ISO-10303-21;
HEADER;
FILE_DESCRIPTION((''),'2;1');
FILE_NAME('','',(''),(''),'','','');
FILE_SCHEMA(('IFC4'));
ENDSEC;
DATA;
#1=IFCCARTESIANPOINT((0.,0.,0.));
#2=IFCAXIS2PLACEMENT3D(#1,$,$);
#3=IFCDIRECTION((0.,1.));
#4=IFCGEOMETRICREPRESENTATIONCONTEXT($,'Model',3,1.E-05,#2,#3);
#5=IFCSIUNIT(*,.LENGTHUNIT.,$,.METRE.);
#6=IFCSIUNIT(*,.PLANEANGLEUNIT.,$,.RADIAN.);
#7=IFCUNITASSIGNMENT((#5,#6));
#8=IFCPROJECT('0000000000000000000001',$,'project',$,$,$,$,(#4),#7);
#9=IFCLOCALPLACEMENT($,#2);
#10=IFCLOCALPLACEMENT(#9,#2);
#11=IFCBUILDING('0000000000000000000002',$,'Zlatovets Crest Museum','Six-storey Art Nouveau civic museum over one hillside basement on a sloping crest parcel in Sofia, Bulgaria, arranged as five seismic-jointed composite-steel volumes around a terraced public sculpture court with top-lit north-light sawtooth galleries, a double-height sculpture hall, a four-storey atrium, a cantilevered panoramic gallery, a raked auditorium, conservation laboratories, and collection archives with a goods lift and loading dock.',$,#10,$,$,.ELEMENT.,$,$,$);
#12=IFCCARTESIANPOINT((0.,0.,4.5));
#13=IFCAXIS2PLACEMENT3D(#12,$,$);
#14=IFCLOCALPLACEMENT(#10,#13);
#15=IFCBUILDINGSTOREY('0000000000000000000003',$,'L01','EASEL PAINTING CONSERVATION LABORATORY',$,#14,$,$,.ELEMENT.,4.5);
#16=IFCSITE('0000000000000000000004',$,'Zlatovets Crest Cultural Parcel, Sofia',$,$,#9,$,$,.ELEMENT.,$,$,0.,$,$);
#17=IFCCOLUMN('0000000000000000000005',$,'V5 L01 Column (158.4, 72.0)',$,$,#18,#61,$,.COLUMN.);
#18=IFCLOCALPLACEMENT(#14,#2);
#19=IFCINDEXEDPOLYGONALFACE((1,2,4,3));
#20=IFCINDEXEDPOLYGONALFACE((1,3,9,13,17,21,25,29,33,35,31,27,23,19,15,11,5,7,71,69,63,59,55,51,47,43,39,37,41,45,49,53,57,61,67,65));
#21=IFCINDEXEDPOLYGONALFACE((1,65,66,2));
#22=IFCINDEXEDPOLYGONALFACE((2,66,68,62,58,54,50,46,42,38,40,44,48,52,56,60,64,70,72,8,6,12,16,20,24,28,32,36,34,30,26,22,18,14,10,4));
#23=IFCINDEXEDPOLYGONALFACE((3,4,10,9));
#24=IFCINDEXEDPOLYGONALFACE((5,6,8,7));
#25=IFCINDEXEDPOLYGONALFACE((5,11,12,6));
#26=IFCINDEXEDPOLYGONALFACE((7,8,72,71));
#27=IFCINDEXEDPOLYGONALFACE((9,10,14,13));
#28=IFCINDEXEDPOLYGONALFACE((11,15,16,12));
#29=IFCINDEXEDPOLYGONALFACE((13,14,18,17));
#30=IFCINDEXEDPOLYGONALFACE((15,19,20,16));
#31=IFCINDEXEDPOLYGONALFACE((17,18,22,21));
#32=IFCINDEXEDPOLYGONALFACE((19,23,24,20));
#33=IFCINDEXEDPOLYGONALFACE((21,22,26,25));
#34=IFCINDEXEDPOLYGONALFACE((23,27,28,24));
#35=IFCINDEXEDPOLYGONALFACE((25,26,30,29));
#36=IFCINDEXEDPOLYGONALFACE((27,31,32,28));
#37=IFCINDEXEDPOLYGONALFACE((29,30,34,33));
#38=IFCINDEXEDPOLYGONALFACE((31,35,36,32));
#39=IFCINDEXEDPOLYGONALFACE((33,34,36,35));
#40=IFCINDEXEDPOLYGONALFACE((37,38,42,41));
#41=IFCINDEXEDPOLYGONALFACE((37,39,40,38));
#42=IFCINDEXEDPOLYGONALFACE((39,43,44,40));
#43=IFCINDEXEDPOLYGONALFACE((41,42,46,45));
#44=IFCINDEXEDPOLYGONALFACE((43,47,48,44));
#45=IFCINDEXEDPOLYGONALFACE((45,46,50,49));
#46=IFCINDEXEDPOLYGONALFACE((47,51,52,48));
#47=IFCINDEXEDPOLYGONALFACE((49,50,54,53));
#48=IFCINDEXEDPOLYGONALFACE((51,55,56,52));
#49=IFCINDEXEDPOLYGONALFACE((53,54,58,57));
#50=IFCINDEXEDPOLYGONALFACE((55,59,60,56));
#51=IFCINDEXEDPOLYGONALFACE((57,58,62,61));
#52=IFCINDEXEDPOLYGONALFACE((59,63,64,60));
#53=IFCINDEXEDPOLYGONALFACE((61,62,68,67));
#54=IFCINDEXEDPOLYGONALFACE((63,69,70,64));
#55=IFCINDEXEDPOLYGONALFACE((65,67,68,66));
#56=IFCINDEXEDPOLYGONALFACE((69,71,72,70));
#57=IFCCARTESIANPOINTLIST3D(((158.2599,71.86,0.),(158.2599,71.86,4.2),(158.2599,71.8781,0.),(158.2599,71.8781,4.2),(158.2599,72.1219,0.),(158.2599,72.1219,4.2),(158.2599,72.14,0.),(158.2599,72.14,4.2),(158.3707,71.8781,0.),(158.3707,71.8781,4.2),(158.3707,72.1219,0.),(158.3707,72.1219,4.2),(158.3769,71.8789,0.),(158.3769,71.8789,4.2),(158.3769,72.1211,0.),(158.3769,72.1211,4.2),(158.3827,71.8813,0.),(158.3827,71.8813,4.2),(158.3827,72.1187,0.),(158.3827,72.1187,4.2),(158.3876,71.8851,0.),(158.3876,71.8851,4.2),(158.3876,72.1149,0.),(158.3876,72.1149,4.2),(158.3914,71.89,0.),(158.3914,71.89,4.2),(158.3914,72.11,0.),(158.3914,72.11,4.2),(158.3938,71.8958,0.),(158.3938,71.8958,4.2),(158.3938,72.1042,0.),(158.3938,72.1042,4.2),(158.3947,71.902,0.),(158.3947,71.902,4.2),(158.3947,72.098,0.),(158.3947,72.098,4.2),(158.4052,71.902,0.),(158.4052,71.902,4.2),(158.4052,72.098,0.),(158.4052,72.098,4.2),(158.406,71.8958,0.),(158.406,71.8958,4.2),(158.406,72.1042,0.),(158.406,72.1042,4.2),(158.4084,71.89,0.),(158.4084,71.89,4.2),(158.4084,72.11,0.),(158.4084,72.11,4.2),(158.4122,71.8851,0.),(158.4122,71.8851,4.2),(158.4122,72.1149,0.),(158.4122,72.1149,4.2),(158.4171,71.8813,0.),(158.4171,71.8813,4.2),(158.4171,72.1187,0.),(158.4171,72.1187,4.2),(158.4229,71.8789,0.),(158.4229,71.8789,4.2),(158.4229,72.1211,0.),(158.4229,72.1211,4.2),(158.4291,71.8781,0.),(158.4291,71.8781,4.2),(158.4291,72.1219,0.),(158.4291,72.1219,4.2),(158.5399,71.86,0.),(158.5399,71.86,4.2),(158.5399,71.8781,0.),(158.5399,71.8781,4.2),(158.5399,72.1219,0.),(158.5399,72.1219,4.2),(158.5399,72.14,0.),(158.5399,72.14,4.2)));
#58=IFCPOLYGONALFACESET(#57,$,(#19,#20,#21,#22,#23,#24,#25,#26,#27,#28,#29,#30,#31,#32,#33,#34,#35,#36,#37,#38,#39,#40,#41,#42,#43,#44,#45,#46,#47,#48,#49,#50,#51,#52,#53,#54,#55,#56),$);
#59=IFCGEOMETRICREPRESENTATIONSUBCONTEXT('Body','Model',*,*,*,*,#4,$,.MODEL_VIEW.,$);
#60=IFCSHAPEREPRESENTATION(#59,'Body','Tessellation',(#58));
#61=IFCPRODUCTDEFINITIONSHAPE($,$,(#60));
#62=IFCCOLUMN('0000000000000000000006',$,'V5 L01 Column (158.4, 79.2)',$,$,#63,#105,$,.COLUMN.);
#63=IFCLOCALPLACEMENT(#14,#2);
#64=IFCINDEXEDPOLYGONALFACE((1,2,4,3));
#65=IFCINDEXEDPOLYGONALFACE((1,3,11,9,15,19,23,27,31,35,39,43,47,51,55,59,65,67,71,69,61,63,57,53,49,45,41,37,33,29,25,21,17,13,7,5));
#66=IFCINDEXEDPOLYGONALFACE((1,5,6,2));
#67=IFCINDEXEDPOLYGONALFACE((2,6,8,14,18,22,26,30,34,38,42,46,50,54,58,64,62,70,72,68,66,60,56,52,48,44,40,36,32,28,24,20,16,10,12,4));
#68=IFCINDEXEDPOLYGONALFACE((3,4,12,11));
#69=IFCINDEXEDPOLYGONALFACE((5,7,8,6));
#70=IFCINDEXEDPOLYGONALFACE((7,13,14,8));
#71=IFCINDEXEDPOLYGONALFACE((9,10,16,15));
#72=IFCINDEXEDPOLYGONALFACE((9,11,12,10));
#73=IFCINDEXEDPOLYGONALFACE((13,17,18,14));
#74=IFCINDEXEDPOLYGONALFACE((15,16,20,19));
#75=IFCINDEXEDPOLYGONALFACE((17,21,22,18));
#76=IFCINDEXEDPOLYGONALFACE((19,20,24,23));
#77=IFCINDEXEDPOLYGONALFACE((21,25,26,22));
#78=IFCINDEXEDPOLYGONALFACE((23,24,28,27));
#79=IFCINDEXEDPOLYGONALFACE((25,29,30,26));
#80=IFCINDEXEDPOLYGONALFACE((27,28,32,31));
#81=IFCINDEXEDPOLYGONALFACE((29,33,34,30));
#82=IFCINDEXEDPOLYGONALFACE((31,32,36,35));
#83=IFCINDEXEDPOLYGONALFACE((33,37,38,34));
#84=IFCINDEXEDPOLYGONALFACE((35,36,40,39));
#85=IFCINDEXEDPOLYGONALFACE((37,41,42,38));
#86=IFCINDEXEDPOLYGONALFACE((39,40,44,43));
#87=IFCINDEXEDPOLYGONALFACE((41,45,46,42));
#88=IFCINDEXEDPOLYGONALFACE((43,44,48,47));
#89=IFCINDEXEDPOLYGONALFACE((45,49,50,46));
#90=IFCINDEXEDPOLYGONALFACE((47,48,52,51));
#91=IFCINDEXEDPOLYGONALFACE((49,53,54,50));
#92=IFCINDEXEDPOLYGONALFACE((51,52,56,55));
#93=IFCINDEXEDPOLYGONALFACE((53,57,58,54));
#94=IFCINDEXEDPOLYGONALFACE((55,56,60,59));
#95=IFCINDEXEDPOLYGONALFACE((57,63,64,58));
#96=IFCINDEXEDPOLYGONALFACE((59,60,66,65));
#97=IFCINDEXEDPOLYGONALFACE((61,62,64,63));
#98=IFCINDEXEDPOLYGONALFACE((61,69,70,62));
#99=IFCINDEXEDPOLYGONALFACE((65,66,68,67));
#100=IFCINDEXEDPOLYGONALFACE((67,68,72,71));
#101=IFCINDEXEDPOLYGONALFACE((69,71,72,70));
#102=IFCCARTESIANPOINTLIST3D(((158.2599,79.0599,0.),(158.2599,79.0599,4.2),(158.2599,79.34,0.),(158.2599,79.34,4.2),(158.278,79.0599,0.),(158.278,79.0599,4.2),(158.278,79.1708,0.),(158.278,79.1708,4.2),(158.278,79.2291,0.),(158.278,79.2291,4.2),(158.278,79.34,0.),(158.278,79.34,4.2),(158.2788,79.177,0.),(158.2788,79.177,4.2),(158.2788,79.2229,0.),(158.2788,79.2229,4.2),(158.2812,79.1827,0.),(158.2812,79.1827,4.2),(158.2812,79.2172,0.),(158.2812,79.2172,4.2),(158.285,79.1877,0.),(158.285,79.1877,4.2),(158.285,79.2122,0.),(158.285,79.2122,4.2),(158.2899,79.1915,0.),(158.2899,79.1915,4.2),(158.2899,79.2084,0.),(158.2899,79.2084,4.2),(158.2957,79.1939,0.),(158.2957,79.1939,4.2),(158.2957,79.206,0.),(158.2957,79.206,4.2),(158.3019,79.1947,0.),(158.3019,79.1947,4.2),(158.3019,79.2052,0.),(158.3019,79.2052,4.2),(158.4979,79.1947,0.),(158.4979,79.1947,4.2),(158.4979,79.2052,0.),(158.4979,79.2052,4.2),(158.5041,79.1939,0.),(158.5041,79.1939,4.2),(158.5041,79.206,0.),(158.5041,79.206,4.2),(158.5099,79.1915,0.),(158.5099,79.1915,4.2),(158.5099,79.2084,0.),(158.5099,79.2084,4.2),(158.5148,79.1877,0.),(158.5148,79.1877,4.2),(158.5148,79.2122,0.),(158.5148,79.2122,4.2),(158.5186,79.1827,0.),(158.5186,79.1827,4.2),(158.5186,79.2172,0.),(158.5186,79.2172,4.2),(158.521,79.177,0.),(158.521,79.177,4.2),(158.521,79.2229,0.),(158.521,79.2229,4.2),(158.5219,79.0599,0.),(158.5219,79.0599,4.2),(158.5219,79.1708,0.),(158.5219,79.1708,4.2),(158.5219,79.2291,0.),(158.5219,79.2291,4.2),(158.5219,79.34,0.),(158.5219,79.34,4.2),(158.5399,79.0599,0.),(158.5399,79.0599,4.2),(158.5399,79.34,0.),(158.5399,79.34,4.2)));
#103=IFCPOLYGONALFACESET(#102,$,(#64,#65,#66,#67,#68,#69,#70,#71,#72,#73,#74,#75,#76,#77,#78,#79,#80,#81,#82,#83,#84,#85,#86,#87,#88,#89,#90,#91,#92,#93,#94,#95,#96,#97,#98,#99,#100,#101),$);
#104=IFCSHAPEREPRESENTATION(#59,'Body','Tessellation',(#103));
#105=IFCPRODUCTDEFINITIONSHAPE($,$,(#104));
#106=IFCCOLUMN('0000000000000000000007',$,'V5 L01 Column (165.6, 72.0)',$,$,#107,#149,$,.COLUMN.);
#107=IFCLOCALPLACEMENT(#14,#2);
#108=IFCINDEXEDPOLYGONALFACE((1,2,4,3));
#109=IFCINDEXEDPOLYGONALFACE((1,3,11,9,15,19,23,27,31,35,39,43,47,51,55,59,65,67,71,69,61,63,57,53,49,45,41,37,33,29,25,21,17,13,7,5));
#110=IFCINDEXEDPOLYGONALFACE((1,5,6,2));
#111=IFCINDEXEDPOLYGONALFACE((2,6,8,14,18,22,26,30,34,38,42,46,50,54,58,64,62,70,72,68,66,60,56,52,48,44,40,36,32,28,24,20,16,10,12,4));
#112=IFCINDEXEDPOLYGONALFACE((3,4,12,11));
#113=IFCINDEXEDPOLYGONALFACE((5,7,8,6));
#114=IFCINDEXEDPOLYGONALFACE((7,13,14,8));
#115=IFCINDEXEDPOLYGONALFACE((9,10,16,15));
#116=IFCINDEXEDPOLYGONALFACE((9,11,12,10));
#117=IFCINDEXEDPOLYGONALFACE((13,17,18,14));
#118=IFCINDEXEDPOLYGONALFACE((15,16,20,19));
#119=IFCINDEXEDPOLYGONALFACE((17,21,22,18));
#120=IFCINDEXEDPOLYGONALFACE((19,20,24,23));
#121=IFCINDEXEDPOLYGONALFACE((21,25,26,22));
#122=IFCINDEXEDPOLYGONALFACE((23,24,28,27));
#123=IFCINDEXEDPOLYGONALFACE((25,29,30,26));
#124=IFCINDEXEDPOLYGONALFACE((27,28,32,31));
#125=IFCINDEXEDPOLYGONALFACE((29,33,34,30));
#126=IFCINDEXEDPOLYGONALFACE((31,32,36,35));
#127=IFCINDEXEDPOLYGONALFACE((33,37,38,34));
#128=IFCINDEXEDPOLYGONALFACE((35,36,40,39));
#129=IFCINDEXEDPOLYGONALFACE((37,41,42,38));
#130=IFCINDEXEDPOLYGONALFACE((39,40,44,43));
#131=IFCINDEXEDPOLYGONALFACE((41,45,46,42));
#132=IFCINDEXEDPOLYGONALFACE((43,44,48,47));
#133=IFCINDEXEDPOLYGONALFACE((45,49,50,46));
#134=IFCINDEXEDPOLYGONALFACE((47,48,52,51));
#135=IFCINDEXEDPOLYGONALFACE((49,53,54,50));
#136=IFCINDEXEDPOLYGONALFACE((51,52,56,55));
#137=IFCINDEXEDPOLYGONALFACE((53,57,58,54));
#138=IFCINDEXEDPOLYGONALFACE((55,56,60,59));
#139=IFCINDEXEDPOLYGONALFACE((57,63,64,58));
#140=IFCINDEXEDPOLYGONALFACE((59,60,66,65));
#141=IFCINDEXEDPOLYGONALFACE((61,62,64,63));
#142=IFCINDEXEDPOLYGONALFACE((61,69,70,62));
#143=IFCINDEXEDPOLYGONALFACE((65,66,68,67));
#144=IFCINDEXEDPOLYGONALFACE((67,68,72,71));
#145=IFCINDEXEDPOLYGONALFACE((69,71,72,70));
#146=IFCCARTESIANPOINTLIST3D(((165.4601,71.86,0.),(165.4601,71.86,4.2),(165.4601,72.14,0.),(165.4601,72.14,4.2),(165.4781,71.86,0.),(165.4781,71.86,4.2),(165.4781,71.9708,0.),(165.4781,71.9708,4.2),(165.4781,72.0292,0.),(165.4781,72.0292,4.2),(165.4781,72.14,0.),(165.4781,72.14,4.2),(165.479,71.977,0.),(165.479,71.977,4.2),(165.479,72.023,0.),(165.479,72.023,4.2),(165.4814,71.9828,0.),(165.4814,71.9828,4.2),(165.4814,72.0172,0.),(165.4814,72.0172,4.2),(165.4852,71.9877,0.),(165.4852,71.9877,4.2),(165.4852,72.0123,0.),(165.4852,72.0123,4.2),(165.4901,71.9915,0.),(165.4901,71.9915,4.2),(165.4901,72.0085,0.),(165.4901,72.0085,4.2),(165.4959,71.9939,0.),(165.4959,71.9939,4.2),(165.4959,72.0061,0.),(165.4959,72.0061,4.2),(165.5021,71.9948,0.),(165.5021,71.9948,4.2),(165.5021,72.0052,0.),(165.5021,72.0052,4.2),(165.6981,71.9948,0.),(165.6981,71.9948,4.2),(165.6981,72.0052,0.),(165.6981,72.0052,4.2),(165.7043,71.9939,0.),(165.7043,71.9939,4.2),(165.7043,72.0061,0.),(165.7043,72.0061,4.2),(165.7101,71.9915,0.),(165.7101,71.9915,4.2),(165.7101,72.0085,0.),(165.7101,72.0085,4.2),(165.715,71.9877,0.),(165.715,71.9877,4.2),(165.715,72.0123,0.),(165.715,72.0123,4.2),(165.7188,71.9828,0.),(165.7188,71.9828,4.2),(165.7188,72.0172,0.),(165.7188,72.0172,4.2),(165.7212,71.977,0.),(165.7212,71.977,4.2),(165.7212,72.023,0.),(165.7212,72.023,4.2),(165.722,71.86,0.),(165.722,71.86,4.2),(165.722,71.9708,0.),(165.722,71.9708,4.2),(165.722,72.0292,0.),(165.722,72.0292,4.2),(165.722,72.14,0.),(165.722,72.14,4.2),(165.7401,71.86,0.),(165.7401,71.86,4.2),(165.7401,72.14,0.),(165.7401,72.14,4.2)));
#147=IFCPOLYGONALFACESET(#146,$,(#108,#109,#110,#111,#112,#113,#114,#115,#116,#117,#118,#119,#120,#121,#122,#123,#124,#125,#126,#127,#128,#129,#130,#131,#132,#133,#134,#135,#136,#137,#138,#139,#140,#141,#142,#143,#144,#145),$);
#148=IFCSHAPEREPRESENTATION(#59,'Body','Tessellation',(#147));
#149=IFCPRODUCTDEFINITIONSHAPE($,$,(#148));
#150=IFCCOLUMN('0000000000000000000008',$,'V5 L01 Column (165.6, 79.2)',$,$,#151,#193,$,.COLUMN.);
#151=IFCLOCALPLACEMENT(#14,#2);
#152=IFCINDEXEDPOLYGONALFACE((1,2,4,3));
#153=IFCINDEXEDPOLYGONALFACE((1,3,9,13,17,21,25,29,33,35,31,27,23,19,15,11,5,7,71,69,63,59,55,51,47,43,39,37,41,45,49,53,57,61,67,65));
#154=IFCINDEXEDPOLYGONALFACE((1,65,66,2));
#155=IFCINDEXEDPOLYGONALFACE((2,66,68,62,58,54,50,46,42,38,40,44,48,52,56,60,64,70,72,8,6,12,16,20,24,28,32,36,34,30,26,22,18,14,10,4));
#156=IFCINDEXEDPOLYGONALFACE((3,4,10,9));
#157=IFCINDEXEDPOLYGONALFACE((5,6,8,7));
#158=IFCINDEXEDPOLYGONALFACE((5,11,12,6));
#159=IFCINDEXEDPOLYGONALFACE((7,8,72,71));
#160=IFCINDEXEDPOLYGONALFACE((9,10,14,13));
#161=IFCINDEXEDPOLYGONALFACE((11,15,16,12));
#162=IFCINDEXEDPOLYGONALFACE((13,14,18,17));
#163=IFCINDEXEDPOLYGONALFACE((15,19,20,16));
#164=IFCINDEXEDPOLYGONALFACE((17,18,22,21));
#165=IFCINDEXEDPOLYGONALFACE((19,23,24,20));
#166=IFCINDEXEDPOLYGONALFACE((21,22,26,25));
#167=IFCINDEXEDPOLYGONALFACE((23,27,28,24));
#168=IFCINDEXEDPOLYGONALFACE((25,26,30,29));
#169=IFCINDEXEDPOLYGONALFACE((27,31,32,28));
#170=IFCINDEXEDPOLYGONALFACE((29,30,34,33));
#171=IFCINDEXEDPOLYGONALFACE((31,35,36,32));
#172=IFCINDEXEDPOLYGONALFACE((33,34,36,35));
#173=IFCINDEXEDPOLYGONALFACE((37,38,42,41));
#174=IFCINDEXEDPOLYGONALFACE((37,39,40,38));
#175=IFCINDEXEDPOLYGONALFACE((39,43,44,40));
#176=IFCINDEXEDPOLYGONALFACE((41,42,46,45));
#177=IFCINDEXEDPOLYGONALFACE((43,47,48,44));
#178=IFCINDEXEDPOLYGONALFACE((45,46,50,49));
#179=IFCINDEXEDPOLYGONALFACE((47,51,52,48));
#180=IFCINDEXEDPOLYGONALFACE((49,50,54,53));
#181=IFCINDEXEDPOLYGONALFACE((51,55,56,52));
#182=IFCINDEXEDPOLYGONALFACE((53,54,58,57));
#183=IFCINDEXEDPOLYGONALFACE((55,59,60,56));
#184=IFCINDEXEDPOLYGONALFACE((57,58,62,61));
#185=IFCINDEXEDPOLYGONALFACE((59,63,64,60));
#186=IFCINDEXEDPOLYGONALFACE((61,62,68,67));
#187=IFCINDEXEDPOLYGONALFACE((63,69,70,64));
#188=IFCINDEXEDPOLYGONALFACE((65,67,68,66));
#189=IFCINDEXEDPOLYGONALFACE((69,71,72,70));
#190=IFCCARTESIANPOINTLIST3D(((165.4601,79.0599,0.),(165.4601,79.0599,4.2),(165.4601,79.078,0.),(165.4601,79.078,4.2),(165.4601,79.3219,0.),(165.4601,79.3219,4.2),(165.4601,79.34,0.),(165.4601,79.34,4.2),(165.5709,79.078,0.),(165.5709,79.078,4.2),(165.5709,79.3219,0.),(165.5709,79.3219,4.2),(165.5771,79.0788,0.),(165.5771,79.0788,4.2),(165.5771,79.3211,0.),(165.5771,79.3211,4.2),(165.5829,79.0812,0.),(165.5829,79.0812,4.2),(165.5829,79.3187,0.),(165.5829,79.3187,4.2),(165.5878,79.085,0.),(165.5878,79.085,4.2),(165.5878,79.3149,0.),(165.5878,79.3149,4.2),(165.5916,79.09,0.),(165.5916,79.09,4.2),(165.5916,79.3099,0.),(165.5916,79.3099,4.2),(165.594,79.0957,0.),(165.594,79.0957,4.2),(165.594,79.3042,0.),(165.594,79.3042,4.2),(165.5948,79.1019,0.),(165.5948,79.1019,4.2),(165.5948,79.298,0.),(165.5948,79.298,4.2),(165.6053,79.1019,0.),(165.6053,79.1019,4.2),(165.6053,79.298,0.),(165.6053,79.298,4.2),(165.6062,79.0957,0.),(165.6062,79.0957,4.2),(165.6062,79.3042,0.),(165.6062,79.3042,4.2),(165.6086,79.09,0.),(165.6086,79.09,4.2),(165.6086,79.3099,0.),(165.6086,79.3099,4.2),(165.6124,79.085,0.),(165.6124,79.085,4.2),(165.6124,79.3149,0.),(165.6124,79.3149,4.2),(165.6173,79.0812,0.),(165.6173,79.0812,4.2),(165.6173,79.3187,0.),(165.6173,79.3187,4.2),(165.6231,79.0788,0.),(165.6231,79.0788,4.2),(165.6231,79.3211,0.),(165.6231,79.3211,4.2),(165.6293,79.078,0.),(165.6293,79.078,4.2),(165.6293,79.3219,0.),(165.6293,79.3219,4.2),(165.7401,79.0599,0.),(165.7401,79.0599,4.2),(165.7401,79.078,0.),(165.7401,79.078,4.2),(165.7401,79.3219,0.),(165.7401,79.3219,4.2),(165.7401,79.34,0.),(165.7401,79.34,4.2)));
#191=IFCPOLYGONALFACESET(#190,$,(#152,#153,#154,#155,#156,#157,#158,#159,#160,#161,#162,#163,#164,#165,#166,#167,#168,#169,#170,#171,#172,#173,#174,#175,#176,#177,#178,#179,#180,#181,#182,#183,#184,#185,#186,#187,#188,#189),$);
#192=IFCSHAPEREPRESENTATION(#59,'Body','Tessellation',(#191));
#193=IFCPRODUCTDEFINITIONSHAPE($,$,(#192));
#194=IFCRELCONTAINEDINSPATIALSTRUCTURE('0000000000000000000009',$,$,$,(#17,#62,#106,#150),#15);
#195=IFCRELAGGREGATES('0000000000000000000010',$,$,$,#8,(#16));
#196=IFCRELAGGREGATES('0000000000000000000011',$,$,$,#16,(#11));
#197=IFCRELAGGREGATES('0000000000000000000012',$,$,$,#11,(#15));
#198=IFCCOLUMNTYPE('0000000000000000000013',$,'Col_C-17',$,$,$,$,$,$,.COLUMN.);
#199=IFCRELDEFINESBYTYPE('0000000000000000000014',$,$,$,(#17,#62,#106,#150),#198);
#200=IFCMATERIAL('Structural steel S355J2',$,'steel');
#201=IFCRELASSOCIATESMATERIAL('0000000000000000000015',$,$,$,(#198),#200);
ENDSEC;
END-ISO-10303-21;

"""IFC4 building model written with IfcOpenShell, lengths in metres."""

from ifc_helpers import new_model, si_unit, direction, frame, origin, origin_2d, place, context, subcontext, project, spatial, i_section, extrude, material, material_profile, profile_set, type_object, element, save


model = new_model("IFC4")

# Units and contexts
model_context = context("Model", 3, precision=1e-05, world=origin(), true_north=direction((0.0, 1.0)))
body_context = subcontext(model_context, "Body", "Model", "MODEL_VIEW")
ifc_project = project(units=[si_unit("LENGTHUNIT", "METRE"), si_unit("PLANEANGLEUNIT", "RADIAN")], contexts=[model_context])

# Site, building, storey
site_placement = place(None, origin())
site = spatial("IfcSite", under=ifc_project, at=site_placement, Name="Zlatovets Crest Cultural Parcel, Sofia", CompositionType="ELEMENT", RefElevation=0.0)
building_placement = place(site_placement, origin())
building = spatial("IfcBuilding", under=site, at=building_placement, Name="Zlatovets Crest Museum", Description="Six-storey Art Nouveau civic museum over one hillside basement on a sloping crest parcel in Sofia, Bulgaria, arranged as five seismic-jointed composite-steel volumes around a terraced public sculpture court with top-lit north-light sawtooth galleries, a double-height sculpture hall, a four-storey atrium, a cantilevered panoramic gallery, a raked auditorium, conservation laboratories, and collection archives with a goods lift and loading dock.", CompositionType="ELEMENT")
storey_placement = place(building_placement, frame((0.0, 0.0, 4.5)))
storey = spatial("IfcBuildingStorey", under=building, at=storey_placement, Name="L01", Description="EASEL PAINTING CONSERVATION LABORATORY", CompositionType="ELEMENT", Elevation=4.5)

# Columns
ifc_material_1 = material(Name="Structural steel S355J2", Category="steel")
ifc_material_profile_1 = material_profile(ifc_material_1, i_section(OverallWidth=0.28, OverallDepth=0.28, WebThickness=0.0105, FlangeThickness=0.0181, FilletRadius=0.0239, at=origin_2d()), Name="HEB 280")
ifc_profile_set_1 = profile_set([ifc_material_profile_1], Name="Structural steel S355J2")
column_type = type_object("IfcColumnType", Name="Col_C-17", PredefinedType="COLUMN", material=ifc_profile_set_1)
for number, where, z_axis, x_axis, name in (
    (1, (158.3999, 72.0, 0.0), (0.0, 0.0, 1.0), (1.0, 0.0, 0.0), "V5 L01 Column (158.4, 72.0)"),
    (2, (158.3999, 79.2, 0.0), (0.0, 0.0, 1.0), (0.0, 1.0, 0.0), "V5 L01 Column (158.4, 79.2)"),
    (3, (165.6001, 72.0, 0.0), (0.0, 0.0, 1.0), (0.0, 1.0, 0.0), "V5 L01 Column (165.6, 72.0)"),
    (4, (165.6001, 79.2, 0.0), (0.0, 0.0, 1.0), (1.0, 0.0, 0.0), "V5 L01 Column (165.6, 79.2)"),
):
    element("IfcColumn", number, at=place(storey_placement, frame(where, z_axis=z_axis, x_axis=x_axis)), inside=storey, type_object=column_type, Name=name, PredefinedType="COLUMN", context=body_context, shape_type="SweptSolid", body=[
        extrude(i_section(OverallWidth=0.28, OverallDepth=0.28, WebThickness=0.0105, FlangeThickness=0.0181, FilletRadius=0.0239, at=origin_2d()), origin(), (0.0, 0.0, 1.0), 4.2),
    ])

save(model, "model.ifc")
